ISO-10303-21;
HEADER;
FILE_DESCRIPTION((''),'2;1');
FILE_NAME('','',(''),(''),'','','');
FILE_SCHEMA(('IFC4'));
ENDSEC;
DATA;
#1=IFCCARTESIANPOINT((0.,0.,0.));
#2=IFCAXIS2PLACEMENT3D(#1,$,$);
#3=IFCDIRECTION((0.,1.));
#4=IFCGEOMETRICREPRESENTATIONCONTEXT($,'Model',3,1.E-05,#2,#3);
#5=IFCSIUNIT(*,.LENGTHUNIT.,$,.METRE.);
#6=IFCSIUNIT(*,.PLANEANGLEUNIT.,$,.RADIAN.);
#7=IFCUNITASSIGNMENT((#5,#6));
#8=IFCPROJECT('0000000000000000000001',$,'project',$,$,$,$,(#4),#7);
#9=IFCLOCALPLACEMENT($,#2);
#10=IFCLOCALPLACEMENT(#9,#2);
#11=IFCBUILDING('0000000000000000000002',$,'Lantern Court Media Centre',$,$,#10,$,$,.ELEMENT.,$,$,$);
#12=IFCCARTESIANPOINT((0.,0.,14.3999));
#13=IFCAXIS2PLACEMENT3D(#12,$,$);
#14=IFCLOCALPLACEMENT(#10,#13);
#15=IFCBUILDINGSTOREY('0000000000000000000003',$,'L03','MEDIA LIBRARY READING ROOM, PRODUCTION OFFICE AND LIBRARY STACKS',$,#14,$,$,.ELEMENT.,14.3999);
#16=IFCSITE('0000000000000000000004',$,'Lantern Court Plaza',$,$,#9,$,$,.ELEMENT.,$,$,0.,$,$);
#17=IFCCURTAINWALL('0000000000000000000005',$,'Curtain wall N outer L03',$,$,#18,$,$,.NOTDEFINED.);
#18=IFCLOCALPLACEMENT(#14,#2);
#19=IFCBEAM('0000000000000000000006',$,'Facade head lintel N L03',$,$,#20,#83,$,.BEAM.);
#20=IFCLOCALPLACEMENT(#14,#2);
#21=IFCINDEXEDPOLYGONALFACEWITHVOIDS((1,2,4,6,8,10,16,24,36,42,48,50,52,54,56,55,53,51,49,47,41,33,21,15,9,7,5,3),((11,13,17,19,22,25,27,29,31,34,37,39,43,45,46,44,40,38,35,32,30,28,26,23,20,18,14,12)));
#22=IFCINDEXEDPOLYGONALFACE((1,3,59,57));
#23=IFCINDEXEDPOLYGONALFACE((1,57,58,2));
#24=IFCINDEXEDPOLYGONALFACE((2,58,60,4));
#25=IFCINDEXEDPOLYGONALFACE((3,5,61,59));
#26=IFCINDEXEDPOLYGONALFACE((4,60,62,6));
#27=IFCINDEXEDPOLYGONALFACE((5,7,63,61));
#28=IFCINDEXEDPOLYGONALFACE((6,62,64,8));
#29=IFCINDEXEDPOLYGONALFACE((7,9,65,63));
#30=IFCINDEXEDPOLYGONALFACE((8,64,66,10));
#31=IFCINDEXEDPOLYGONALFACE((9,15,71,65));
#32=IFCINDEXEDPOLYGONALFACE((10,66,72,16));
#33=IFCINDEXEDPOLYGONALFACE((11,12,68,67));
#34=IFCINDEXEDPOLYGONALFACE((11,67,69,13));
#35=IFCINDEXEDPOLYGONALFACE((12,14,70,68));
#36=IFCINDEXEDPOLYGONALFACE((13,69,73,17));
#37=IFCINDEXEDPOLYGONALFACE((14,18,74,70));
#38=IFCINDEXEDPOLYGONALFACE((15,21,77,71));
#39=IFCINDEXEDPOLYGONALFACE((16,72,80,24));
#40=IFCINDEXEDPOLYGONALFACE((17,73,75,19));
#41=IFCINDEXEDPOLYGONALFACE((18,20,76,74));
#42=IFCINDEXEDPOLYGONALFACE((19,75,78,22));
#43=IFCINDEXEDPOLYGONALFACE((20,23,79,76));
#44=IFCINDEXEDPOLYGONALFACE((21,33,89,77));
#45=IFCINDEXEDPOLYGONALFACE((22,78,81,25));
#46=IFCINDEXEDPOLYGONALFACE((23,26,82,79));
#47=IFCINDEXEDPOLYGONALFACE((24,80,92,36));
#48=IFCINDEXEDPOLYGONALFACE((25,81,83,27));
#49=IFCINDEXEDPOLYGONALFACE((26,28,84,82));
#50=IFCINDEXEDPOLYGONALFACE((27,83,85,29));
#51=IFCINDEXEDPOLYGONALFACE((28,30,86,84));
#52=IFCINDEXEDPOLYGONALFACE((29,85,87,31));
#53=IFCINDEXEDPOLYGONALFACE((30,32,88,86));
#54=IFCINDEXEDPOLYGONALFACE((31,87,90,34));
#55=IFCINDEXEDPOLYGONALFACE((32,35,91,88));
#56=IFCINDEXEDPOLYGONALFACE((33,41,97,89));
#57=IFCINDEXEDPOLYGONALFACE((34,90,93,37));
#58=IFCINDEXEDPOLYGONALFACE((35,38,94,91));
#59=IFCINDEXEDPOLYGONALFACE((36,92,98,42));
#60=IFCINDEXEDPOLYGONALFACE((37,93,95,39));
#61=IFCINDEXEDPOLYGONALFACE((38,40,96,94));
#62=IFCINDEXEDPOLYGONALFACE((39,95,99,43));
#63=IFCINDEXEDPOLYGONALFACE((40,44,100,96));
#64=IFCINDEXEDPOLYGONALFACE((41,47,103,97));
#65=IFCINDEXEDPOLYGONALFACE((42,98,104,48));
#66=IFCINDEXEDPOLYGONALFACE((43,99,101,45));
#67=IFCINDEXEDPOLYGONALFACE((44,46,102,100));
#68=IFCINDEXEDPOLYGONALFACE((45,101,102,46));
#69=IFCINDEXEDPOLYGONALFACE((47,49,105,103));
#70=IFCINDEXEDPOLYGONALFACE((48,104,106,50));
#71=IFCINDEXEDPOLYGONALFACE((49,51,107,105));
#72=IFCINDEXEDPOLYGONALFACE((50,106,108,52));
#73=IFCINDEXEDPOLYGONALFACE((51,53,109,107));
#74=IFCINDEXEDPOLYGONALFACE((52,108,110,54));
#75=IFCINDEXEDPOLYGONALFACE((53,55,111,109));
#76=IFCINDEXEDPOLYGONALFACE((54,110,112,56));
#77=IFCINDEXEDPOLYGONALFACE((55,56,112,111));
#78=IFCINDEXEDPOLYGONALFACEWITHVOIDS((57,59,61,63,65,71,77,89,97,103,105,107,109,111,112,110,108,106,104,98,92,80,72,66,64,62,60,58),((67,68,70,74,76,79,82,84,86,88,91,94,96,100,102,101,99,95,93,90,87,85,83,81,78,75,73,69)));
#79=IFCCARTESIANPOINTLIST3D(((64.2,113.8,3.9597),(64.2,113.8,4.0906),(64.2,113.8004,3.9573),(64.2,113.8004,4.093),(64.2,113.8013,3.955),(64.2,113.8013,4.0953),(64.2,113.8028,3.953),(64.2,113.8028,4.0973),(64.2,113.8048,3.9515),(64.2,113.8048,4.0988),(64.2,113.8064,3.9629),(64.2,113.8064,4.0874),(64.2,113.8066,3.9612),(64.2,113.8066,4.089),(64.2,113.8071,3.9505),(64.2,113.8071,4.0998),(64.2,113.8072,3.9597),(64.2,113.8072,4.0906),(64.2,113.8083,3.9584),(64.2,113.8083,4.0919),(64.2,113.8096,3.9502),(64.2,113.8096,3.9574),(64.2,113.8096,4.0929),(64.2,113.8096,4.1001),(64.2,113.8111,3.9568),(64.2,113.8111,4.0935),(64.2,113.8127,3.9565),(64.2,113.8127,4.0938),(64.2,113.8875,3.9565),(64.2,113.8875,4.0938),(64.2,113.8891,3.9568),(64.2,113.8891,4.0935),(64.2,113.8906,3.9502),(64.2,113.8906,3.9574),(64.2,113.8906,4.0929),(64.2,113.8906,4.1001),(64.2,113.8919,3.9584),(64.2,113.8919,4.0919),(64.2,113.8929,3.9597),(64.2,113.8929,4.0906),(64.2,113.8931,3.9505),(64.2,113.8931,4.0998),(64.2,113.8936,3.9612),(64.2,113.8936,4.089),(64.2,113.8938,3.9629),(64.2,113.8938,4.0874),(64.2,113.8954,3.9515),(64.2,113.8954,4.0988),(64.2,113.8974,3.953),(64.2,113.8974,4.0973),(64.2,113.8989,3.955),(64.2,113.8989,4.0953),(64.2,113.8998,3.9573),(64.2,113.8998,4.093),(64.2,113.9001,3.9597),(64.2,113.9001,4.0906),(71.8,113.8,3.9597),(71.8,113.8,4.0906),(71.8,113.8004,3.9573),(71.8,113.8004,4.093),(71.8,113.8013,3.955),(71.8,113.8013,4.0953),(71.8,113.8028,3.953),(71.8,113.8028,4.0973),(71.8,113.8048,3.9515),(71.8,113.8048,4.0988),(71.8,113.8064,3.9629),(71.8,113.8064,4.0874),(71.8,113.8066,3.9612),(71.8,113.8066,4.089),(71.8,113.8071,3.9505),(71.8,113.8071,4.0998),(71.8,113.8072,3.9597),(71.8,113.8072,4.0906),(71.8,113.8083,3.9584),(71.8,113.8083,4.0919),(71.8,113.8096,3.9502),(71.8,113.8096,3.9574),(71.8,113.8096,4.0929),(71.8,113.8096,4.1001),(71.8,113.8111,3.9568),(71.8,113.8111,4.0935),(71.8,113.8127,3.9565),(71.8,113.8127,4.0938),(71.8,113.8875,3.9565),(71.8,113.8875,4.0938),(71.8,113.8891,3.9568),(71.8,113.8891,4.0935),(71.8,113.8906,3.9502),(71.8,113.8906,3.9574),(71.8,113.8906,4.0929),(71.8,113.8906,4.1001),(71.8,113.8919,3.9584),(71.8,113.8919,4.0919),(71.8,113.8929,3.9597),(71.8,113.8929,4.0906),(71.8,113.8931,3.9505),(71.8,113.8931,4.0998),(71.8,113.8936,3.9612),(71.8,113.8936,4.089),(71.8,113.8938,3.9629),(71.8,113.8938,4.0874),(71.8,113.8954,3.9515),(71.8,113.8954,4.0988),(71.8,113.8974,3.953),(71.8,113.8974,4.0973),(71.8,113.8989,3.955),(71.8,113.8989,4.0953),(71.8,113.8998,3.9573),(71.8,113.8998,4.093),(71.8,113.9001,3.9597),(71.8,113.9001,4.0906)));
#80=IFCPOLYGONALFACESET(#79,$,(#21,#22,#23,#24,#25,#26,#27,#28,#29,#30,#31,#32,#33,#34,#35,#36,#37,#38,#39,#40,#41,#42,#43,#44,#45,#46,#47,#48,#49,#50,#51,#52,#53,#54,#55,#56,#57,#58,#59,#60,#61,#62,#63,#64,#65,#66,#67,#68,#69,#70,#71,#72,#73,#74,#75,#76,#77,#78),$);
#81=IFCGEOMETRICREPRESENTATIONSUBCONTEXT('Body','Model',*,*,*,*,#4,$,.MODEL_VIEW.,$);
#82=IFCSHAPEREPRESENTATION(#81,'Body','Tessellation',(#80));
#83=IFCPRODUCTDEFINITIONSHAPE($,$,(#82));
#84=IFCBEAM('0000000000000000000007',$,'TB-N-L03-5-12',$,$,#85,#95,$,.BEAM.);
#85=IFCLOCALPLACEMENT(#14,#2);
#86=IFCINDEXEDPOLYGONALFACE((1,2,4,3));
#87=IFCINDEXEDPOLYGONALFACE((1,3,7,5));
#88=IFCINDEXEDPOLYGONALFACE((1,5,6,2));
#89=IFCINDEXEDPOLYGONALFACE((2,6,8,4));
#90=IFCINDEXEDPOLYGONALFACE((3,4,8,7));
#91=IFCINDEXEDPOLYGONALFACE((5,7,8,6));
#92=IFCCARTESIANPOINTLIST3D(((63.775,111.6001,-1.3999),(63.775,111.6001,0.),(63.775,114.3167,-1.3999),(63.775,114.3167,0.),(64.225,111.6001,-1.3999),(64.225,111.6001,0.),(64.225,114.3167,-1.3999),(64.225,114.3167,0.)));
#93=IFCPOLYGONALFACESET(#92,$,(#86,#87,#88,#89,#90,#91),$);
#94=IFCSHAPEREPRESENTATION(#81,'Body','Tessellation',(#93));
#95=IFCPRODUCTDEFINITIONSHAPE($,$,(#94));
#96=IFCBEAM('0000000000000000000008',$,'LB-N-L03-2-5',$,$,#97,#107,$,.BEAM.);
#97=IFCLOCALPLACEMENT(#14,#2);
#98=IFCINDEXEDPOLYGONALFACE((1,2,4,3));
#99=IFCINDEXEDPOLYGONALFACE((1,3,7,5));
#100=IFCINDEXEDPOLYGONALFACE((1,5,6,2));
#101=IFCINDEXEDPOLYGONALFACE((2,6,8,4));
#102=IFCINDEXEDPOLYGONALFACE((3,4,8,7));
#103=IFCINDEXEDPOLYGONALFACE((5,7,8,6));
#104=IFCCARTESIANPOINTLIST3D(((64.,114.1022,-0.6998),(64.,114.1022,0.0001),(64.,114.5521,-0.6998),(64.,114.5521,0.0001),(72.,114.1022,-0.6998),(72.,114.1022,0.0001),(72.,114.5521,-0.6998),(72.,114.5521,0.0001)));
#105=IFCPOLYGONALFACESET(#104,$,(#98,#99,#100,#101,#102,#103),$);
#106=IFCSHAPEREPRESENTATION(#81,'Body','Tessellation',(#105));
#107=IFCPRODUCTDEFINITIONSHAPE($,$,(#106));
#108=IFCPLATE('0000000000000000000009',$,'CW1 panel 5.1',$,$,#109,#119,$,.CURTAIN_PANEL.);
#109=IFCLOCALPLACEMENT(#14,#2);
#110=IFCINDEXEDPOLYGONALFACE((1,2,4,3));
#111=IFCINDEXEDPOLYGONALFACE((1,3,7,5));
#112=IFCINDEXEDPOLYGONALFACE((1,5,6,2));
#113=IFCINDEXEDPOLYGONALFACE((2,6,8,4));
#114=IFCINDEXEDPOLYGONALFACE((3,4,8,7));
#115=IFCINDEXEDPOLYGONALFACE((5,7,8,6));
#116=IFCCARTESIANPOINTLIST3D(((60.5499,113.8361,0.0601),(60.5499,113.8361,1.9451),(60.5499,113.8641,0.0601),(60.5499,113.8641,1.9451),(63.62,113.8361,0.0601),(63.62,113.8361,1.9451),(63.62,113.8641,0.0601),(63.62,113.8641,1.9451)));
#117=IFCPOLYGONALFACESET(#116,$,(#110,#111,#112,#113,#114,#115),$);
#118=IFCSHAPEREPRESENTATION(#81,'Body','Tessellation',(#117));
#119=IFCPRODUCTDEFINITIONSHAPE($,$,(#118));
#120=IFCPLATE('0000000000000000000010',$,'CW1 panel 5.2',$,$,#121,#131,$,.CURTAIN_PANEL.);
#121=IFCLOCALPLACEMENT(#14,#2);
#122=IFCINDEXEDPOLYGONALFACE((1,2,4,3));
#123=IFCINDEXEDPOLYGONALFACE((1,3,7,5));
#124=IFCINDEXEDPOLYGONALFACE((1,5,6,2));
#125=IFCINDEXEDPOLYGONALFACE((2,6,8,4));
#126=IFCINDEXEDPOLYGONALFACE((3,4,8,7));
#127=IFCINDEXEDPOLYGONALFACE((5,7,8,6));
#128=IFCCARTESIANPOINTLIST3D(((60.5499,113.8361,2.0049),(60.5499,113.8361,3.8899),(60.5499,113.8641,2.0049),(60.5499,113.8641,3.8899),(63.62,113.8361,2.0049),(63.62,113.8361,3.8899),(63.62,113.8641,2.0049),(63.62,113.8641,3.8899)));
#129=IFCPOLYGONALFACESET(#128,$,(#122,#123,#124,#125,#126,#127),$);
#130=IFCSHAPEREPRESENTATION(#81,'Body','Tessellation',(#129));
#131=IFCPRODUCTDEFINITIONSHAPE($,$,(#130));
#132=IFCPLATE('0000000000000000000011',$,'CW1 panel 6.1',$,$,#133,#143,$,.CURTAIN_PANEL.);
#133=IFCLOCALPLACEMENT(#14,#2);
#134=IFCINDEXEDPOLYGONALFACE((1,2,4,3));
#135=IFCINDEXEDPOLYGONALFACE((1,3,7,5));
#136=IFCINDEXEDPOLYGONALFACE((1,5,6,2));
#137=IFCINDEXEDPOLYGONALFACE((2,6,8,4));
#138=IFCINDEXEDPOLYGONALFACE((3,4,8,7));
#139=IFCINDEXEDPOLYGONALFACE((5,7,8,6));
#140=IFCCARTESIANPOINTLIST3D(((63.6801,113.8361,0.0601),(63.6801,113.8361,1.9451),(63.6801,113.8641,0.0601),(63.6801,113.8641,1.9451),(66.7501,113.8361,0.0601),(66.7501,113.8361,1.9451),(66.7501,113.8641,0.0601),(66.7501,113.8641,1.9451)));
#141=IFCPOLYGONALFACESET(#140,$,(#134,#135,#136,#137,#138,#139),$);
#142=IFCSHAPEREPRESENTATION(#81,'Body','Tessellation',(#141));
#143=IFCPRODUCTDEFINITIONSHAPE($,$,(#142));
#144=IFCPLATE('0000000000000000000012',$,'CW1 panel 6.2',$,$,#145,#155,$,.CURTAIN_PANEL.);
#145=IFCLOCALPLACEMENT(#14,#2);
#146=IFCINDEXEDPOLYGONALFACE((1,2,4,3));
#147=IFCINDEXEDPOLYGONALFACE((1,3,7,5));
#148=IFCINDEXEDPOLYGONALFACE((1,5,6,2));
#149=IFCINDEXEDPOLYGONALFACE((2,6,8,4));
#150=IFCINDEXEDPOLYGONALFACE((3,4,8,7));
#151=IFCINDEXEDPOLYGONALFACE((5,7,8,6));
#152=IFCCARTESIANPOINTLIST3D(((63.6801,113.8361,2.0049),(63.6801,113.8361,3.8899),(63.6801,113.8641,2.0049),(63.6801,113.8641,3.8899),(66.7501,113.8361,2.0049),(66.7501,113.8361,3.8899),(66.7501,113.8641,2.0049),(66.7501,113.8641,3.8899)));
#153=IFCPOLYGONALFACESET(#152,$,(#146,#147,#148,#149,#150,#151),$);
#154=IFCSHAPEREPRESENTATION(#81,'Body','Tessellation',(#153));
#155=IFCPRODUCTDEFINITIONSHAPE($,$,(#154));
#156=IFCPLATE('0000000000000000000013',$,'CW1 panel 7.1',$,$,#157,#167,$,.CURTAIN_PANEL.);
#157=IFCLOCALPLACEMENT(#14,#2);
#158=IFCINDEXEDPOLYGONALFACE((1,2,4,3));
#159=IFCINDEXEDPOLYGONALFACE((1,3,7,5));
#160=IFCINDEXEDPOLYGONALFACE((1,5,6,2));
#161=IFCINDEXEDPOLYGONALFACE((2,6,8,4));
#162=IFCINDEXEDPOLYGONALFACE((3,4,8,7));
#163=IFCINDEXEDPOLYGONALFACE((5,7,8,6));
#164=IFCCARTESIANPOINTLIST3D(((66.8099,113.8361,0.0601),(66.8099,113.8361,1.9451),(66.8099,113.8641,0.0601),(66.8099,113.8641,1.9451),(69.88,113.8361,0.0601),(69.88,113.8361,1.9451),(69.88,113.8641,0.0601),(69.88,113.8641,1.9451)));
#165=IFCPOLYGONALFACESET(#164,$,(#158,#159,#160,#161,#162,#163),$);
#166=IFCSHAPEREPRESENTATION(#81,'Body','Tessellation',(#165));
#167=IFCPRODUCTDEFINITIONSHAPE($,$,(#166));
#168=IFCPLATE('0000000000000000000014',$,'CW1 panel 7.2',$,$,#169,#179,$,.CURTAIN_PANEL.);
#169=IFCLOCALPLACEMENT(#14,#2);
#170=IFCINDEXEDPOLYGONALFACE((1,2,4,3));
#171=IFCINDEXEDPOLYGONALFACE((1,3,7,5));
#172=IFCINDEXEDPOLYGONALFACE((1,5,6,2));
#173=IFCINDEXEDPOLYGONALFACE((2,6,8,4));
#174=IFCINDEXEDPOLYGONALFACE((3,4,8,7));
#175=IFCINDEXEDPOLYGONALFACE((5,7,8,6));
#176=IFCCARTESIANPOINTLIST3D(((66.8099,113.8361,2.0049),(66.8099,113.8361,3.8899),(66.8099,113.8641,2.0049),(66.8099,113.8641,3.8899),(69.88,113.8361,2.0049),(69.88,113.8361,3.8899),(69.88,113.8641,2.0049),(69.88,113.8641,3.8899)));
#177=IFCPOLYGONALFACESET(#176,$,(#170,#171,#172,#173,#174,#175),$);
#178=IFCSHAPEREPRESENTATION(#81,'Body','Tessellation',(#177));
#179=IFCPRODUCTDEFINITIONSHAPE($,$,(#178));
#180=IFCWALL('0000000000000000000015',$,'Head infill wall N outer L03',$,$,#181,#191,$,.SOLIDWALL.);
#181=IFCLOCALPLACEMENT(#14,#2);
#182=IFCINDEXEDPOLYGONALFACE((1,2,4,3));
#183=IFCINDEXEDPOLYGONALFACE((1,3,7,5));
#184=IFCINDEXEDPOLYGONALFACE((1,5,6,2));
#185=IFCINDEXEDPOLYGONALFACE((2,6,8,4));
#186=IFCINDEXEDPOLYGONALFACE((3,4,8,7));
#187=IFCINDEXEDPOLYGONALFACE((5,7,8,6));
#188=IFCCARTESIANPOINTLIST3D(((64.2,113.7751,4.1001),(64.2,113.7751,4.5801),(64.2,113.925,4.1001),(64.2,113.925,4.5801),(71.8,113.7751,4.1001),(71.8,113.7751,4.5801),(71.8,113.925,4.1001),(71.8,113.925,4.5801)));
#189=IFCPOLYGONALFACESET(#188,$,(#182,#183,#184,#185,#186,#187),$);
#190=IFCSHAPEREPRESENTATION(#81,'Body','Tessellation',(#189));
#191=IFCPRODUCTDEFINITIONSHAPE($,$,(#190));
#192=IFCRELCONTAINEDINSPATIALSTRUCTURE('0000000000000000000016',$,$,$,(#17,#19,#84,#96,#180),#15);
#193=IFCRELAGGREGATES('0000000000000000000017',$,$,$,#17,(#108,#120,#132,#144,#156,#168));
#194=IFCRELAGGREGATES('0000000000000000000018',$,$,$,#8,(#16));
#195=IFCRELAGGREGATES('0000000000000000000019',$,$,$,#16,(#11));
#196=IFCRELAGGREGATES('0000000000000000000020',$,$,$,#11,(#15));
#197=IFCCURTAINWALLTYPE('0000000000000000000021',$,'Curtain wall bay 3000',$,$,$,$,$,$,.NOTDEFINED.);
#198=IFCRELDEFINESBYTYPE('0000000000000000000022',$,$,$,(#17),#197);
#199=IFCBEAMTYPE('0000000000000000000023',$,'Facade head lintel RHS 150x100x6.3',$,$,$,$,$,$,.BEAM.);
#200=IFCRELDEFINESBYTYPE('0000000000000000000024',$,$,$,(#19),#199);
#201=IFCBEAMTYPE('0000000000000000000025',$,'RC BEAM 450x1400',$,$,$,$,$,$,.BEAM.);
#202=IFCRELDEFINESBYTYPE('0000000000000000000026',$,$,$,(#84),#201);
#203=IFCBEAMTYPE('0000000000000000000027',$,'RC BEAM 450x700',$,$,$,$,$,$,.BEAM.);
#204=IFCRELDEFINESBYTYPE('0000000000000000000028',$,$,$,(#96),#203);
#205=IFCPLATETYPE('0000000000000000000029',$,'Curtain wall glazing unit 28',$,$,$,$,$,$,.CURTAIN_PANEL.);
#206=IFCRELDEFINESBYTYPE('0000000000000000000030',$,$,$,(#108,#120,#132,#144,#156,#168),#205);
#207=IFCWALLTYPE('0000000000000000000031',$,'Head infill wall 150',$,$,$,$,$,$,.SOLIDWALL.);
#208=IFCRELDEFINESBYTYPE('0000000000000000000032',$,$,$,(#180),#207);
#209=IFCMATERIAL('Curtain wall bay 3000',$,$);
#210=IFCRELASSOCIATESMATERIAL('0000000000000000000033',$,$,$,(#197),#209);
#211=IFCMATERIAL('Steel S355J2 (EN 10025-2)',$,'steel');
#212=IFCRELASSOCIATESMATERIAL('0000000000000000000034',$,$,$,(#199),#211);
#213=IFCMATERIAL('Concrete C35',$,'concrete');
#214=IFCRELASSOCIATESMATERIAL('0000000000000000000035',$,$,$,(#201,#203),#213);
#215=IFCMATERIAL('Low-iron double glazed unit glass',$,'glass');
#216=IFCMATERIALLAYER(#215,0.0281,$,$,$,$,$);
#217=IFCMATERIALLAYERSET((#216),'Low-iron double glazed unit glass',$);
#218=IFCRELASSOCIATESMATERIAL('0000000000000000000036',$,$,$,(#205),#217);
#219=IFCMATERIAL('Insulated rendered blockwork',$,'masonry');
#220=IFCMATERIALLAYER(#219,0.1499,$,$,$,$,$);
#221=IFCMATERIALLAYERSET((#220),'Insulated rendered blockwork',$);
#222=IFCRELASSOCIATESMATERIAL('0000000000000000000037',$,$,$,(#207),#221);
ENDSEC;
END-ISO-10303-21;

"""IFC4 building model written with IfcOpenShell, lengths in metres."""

from ifc_helpers import new_model, si_unit, direction, frame, frame_2d, origin, origin_2d, place, context, subcontext, project, spatial, rectangle, hollow_rectangle, extrude, material, layer, layer_set, material_profile, profile_set, type_object, element, aggregate, save


model = new_model("IFC4")

# Units and contexts
model_context = context("Model", 3, precision=1e-05, world=origin(), true_north=direction((0.0, 1.0)))
body_context = subcontext(model_context, "Body", "Model", "MODEL_VIEW")
ifc_project = project(units=[si_unit("LENGTHUNIT", "METRE"), si_unit("PLANEANGLEUNIT", "RADIAN")], contexts=[model_context])

# Site, building, storey
site_placement = place(None, origin())
site = spatial("IfcSite", under=ifc_project, at=site_placement, Name="Lantern Court Plaza", CompositionType="ELEMENT", RefElevation=0.0)
building_placement = place(site_placement, origin())
building = spatial("IfcBuilding", under=site, at=building_placement, Name="Lantern Court Media Centre", CompositionType="ELEMENT")
storey_placement = place(building_placement, frame((0.0, 0.0, 14.3999)))
storey = spatial("IfcBuildingStorey", under=building, at=storey_placement, Name="L03", Description="MEDIA LIBRARY READING ROOM, PRODUCTION OFFICE AND LIBRARY STACKS", CompositionType="ELEMENT", Elevation=14.3999)

# Shared definitions
ifc_material_1 = material(Name="Concrete C35", Category="concrete")

# Curtain wall
ifc_material_2 = material(Name="Curtain wall bay 3000")
curtain_wall_type = type_object("IfcCurtainWallType", Name="Curtain wall bay 3000", PredefinedType="NOTDEFINED", material=ifc_material_2)
curtain_wall_placement = place(storey_placement, origin())
curtain_wall = element("IfcCurtainWall", 1, at=curtain_wall_placement, inside=storey, type_object=curtain_wall_type, Name="Curtain wall N outer L03", PredefinedType="NOTDEFINED")

# Beams
ifc_material_3 = material(Name="Steel S355J2 (EN 10025-2)", Category="steel")
ifc_material_profile_1 = material_profile(ifc_material_3, hollow_rectangle(XDim=0.1001, YDim=0.1499, WallThickness=0.0063, InnerFilletRadius=0.0063, OuterFilletRadius=0.0095, at=origin_2d()), Name="Facade head lintel RHS 150x100x6.3")
ifc_profile_set_1 = profile_set([ifc_material_profile_1], Name="Steel S355J2 (EN 10025-2)")
beam_type_1 = type_object("IfcBeamType", Name="Facade head lintel RHS 150x100x6.3", PredefinedType="BEAM", material=ifc_profile_set_1)
beam_1_placement = place(storey_placement, frame((64.2, 113.8501, 4.0251), z_axis=(1.0, 0.0, 0.0), x_axis=(0.0, 1.0, 0.0)))
element("IfcBeam", 2, at=beam_1_placement, inside=storey, type_object=beam_type_1, Name="Facade head lintel N L03", PredefinedType="BEAM", context=body_context, shape_type="SweptSolid", body=[
    extrude(hollow_rectangle(XDim=0.1001, YDim=0.1499, WallThickness=0.0063, InnerFilletRadius=0.0063, OuterFilletRadius=0.0095, at=origin_2d()), origin(), (0.0, 0.0, 1.0), 7.6001),
])
ifc_material_profile_2 = material_profile(ifc_material_1, rectangle(XDim=0.45, YDim=1.3999, at=origin_2d()), Name="RC 450x1400")
ifc_profile_set_2 = profile_set([ifc_material_profile_2], Name="Concrete C35")
beam_type_2 = type_object("IfcBeamType", Name="RC BEAM 450x1400", PredefinedType="BEAM", material=ifc_profile_set_2)
beam_2_placement = place(storey_placement, frame((64.0, 111.6001, -0.7), z_axis=(0.0, 1.0, 0.0), x_axis=(-1.0, 0.0, 0.0)))
element("IfcBeam", 3, at=beam_2_placement, inside=storey, type_object=beam_type_2, Name="TB-N-L03-5-12", PredefinedType="BEAM", context=body_context, shape_type="SweptSolid", body=[
    extrude(rectangle(XDim=0.45, YDim=1.3999, at=origin_2d()), origin(), (0.0, 0.0, 1.0), 2.7166),
])
ifc_material_profile_3 = material_profile(ifc_material_1, rectangle(XDim=0.45, YDim=0.7, at=origin_2d()), Name="RC 450x700")
ifc_profile_set_3 = profile_set([ifc_material_profile_3], Name="Concrete C35")
beam_type_3 = type_object("IfcBeamType", Name="RC BEAM 450x700", PredefinedType="BEAM", material=ifc_profile_set_3)
beam_3_placement = place(storey_placement, frame((64.0, 114.3271, -0.3499), z_axis=(1.0, 0.0, 0.0), x_axis=(0.0, 1.0, 0.0)))
element("IfcBeam", 4, at=beam_3_placement, inside=storey, type_object=beam_type_3, Name="LB-N-L03-2-5", PredefinedType="BEAM", context=body_context, shape_type="SweptSolid", body=[
    extrude(rectangle(XDim=0.45, YDim=0.7, at=origin_2d()), origin(), (0.0, 0.0, 1.0), 8.0),
])

# Plates
ifc_material_4 = material(Name="Low-iron double glazed unit glass", Category="glass")
ifc_layer_1 = layer(ifc_material_4, 0.0281)
ifc_layer_set_1 = layer_set([ifc_layer_1], Name="Low-iron double glazed unit glass")
plate_type = type_object("IfcPlateType", Name="Curtain wall glazing unit 28", PredefinedType="CURTAIN_PANEL", material=ifc_layer_set_1)
plate_1_placement = place(storey_placement, frame((62.085, 113.8501, 0.0601), z_axis=(0.0, 0.0, 1.0), x_axis=(1.0, 0.0, 0.0)))
plate_1 = element("IfcPlate", 5, at=plate_1_placement, type_object=plate_type, Name="CW1 panel 5.1", PredefinedType="CURTAIN_PANEL", context=body_context, shape_type="SweptSolid", body=[
    extrude(rectangle(XDim=3.0701, YDim=0.0281, at=origin_2d()), origin(), (0.0, 0.0, 1.0), 1.885),
])
plate_2_placement = place(storey_placement, frame((62.085, 113.8501, 2.0049), z_axis=(0.0, 0.0, 1.0), x_axis=(1.0, 0.0, 0.0)))
plate_2 = element("IfcPlate", 6, at=plate_2_placement, type_object=plate_type, Name="CW1 panel 5.2", PredefinedType="CURTAIN_PANEL", context=body_context, shape_type="SweptSolid", body=[
    extrude(rectangle(XDim=3.0701, YDim=0.0281, at=origin_2d()), origin(), (0.0, 0.0, 1.0), 1.885),
])
plate_3_placement = place(storey_placement, frame((65.2151, 113.8501, 0.0601), z_axis=(0.0, 0.0, 1.0), x_axis=(1.0, 0.0, 0.0)))
plate_3 = element("IfcPlate", 7, at=plate_3_placement, type_object=plate_type, Name="CW1 panel 6.1", PredefinedType="CURTAIN_PANEL", context=body_context, shape_type="SweptSolid", body=[
    extrude(rectangle(XDim=3.0701, YDim=0.0281, at=origin_2d()), origin(), (0.0, 0.0, 1.0), 1.885),
])
plate_4_placement = place(storey_placement, frame((65.2151, 113.8501, 2.0049), z_axis=(0.0, 0.0, 1.0), x_axis=(1.0, 0.0, 0.0)))
plate_4 = element("IfcPlate", 8, at=plate_4_placement, type_object=plate_type, Name="CW1 panel 6.2", PredefinedType="CURTAIN_PANEL", context=body_context, shape_type="SweptSolid", body=[
    extrude(rectangle(XDim=3.0701, YDim=0.0281, at=origin_2d()), origin(), (0.0, 0.0, 1.0), 1.885),
])
plate_5_placement = place(storey_placement, frame((68.345, 113.8501, 0.0601), z_axis=(0.0, 0.0, 1.0), x_axis=(1.0, 0.0, 0.0)))
plate_5 = element("IfcPlate", 9, at=plate_5_placement, type_object=plate_type, Name="CW1 panel 7.1", PredefinedType="CURTAIN_PANEL", context=body_context, shape_type="SweptSolid", body=[
    extrude(rectangle(XDim=3.0701, YDim=0.0281, at=origin_2d()), origin(), (0.0, 0.0, 1.0), 1.885),
])
plate_6_placement = place(storey_placement, frame((68.345, 113.8501, 2.0049), z_axis=(0.0, 0.0, 1.0), x_axis=(1.0, 0.0, 0.0)))
plate_6 = element("IfcPlate", 10, at=plate_6_placement, type_object=plate_type, Name="CW1 panel 7.2", PredefinedType="CURTAIN_PANEL", context=body_context, shape_type="SweptSolid", body=[
    extrude(rectangle(XDim=3.0701, YDim=0.0281, at=origin_2d()), origin(), (0.0, 0.0, 1.0), 1.885),
])
aggregate(curtain_wall, [plate_1, plate_2, plate_3, plate_4, plate_5, plate_6])

# Wall
ifc_material_5 = material(Name="Insulated rendered blockwork", Category="masonry")
ifc_layer_2 = layer(ifc_material_5, 0.1499)
ifc_layer_set_2 = layer_set([ifc_layer_2], Name="Insulated rendered blockwork")
wall_type_1 = type_object("IfcWallType", Name="Head infill wall 150", PredefinedType="SOLIDWALL", material=ifc_layer_set_2)
wall_1_placement = place(storey_placement, frame((64.2, 113.8501, 4.1001), z_axis=(0.0, 0.0, 1.0), x_axis=(1.0, 0.0, 0.0)))
element("IfcWall", 11, at=wall_1_placement, inside=storey, type_object=wall_type_1, Name="Head infill wall N outer L03", PredefinedType="SOLIDWALL", context=body_context, shape_type="SweptSolid", body=[
    extrude(rectangle(XDim=7.6001, YDim=0.1499, at=frame_2d((3.8, 0.0))), origin(), (0.0, 0.0, 1.0), 0.48),
])

save(model, "model.ifc")
